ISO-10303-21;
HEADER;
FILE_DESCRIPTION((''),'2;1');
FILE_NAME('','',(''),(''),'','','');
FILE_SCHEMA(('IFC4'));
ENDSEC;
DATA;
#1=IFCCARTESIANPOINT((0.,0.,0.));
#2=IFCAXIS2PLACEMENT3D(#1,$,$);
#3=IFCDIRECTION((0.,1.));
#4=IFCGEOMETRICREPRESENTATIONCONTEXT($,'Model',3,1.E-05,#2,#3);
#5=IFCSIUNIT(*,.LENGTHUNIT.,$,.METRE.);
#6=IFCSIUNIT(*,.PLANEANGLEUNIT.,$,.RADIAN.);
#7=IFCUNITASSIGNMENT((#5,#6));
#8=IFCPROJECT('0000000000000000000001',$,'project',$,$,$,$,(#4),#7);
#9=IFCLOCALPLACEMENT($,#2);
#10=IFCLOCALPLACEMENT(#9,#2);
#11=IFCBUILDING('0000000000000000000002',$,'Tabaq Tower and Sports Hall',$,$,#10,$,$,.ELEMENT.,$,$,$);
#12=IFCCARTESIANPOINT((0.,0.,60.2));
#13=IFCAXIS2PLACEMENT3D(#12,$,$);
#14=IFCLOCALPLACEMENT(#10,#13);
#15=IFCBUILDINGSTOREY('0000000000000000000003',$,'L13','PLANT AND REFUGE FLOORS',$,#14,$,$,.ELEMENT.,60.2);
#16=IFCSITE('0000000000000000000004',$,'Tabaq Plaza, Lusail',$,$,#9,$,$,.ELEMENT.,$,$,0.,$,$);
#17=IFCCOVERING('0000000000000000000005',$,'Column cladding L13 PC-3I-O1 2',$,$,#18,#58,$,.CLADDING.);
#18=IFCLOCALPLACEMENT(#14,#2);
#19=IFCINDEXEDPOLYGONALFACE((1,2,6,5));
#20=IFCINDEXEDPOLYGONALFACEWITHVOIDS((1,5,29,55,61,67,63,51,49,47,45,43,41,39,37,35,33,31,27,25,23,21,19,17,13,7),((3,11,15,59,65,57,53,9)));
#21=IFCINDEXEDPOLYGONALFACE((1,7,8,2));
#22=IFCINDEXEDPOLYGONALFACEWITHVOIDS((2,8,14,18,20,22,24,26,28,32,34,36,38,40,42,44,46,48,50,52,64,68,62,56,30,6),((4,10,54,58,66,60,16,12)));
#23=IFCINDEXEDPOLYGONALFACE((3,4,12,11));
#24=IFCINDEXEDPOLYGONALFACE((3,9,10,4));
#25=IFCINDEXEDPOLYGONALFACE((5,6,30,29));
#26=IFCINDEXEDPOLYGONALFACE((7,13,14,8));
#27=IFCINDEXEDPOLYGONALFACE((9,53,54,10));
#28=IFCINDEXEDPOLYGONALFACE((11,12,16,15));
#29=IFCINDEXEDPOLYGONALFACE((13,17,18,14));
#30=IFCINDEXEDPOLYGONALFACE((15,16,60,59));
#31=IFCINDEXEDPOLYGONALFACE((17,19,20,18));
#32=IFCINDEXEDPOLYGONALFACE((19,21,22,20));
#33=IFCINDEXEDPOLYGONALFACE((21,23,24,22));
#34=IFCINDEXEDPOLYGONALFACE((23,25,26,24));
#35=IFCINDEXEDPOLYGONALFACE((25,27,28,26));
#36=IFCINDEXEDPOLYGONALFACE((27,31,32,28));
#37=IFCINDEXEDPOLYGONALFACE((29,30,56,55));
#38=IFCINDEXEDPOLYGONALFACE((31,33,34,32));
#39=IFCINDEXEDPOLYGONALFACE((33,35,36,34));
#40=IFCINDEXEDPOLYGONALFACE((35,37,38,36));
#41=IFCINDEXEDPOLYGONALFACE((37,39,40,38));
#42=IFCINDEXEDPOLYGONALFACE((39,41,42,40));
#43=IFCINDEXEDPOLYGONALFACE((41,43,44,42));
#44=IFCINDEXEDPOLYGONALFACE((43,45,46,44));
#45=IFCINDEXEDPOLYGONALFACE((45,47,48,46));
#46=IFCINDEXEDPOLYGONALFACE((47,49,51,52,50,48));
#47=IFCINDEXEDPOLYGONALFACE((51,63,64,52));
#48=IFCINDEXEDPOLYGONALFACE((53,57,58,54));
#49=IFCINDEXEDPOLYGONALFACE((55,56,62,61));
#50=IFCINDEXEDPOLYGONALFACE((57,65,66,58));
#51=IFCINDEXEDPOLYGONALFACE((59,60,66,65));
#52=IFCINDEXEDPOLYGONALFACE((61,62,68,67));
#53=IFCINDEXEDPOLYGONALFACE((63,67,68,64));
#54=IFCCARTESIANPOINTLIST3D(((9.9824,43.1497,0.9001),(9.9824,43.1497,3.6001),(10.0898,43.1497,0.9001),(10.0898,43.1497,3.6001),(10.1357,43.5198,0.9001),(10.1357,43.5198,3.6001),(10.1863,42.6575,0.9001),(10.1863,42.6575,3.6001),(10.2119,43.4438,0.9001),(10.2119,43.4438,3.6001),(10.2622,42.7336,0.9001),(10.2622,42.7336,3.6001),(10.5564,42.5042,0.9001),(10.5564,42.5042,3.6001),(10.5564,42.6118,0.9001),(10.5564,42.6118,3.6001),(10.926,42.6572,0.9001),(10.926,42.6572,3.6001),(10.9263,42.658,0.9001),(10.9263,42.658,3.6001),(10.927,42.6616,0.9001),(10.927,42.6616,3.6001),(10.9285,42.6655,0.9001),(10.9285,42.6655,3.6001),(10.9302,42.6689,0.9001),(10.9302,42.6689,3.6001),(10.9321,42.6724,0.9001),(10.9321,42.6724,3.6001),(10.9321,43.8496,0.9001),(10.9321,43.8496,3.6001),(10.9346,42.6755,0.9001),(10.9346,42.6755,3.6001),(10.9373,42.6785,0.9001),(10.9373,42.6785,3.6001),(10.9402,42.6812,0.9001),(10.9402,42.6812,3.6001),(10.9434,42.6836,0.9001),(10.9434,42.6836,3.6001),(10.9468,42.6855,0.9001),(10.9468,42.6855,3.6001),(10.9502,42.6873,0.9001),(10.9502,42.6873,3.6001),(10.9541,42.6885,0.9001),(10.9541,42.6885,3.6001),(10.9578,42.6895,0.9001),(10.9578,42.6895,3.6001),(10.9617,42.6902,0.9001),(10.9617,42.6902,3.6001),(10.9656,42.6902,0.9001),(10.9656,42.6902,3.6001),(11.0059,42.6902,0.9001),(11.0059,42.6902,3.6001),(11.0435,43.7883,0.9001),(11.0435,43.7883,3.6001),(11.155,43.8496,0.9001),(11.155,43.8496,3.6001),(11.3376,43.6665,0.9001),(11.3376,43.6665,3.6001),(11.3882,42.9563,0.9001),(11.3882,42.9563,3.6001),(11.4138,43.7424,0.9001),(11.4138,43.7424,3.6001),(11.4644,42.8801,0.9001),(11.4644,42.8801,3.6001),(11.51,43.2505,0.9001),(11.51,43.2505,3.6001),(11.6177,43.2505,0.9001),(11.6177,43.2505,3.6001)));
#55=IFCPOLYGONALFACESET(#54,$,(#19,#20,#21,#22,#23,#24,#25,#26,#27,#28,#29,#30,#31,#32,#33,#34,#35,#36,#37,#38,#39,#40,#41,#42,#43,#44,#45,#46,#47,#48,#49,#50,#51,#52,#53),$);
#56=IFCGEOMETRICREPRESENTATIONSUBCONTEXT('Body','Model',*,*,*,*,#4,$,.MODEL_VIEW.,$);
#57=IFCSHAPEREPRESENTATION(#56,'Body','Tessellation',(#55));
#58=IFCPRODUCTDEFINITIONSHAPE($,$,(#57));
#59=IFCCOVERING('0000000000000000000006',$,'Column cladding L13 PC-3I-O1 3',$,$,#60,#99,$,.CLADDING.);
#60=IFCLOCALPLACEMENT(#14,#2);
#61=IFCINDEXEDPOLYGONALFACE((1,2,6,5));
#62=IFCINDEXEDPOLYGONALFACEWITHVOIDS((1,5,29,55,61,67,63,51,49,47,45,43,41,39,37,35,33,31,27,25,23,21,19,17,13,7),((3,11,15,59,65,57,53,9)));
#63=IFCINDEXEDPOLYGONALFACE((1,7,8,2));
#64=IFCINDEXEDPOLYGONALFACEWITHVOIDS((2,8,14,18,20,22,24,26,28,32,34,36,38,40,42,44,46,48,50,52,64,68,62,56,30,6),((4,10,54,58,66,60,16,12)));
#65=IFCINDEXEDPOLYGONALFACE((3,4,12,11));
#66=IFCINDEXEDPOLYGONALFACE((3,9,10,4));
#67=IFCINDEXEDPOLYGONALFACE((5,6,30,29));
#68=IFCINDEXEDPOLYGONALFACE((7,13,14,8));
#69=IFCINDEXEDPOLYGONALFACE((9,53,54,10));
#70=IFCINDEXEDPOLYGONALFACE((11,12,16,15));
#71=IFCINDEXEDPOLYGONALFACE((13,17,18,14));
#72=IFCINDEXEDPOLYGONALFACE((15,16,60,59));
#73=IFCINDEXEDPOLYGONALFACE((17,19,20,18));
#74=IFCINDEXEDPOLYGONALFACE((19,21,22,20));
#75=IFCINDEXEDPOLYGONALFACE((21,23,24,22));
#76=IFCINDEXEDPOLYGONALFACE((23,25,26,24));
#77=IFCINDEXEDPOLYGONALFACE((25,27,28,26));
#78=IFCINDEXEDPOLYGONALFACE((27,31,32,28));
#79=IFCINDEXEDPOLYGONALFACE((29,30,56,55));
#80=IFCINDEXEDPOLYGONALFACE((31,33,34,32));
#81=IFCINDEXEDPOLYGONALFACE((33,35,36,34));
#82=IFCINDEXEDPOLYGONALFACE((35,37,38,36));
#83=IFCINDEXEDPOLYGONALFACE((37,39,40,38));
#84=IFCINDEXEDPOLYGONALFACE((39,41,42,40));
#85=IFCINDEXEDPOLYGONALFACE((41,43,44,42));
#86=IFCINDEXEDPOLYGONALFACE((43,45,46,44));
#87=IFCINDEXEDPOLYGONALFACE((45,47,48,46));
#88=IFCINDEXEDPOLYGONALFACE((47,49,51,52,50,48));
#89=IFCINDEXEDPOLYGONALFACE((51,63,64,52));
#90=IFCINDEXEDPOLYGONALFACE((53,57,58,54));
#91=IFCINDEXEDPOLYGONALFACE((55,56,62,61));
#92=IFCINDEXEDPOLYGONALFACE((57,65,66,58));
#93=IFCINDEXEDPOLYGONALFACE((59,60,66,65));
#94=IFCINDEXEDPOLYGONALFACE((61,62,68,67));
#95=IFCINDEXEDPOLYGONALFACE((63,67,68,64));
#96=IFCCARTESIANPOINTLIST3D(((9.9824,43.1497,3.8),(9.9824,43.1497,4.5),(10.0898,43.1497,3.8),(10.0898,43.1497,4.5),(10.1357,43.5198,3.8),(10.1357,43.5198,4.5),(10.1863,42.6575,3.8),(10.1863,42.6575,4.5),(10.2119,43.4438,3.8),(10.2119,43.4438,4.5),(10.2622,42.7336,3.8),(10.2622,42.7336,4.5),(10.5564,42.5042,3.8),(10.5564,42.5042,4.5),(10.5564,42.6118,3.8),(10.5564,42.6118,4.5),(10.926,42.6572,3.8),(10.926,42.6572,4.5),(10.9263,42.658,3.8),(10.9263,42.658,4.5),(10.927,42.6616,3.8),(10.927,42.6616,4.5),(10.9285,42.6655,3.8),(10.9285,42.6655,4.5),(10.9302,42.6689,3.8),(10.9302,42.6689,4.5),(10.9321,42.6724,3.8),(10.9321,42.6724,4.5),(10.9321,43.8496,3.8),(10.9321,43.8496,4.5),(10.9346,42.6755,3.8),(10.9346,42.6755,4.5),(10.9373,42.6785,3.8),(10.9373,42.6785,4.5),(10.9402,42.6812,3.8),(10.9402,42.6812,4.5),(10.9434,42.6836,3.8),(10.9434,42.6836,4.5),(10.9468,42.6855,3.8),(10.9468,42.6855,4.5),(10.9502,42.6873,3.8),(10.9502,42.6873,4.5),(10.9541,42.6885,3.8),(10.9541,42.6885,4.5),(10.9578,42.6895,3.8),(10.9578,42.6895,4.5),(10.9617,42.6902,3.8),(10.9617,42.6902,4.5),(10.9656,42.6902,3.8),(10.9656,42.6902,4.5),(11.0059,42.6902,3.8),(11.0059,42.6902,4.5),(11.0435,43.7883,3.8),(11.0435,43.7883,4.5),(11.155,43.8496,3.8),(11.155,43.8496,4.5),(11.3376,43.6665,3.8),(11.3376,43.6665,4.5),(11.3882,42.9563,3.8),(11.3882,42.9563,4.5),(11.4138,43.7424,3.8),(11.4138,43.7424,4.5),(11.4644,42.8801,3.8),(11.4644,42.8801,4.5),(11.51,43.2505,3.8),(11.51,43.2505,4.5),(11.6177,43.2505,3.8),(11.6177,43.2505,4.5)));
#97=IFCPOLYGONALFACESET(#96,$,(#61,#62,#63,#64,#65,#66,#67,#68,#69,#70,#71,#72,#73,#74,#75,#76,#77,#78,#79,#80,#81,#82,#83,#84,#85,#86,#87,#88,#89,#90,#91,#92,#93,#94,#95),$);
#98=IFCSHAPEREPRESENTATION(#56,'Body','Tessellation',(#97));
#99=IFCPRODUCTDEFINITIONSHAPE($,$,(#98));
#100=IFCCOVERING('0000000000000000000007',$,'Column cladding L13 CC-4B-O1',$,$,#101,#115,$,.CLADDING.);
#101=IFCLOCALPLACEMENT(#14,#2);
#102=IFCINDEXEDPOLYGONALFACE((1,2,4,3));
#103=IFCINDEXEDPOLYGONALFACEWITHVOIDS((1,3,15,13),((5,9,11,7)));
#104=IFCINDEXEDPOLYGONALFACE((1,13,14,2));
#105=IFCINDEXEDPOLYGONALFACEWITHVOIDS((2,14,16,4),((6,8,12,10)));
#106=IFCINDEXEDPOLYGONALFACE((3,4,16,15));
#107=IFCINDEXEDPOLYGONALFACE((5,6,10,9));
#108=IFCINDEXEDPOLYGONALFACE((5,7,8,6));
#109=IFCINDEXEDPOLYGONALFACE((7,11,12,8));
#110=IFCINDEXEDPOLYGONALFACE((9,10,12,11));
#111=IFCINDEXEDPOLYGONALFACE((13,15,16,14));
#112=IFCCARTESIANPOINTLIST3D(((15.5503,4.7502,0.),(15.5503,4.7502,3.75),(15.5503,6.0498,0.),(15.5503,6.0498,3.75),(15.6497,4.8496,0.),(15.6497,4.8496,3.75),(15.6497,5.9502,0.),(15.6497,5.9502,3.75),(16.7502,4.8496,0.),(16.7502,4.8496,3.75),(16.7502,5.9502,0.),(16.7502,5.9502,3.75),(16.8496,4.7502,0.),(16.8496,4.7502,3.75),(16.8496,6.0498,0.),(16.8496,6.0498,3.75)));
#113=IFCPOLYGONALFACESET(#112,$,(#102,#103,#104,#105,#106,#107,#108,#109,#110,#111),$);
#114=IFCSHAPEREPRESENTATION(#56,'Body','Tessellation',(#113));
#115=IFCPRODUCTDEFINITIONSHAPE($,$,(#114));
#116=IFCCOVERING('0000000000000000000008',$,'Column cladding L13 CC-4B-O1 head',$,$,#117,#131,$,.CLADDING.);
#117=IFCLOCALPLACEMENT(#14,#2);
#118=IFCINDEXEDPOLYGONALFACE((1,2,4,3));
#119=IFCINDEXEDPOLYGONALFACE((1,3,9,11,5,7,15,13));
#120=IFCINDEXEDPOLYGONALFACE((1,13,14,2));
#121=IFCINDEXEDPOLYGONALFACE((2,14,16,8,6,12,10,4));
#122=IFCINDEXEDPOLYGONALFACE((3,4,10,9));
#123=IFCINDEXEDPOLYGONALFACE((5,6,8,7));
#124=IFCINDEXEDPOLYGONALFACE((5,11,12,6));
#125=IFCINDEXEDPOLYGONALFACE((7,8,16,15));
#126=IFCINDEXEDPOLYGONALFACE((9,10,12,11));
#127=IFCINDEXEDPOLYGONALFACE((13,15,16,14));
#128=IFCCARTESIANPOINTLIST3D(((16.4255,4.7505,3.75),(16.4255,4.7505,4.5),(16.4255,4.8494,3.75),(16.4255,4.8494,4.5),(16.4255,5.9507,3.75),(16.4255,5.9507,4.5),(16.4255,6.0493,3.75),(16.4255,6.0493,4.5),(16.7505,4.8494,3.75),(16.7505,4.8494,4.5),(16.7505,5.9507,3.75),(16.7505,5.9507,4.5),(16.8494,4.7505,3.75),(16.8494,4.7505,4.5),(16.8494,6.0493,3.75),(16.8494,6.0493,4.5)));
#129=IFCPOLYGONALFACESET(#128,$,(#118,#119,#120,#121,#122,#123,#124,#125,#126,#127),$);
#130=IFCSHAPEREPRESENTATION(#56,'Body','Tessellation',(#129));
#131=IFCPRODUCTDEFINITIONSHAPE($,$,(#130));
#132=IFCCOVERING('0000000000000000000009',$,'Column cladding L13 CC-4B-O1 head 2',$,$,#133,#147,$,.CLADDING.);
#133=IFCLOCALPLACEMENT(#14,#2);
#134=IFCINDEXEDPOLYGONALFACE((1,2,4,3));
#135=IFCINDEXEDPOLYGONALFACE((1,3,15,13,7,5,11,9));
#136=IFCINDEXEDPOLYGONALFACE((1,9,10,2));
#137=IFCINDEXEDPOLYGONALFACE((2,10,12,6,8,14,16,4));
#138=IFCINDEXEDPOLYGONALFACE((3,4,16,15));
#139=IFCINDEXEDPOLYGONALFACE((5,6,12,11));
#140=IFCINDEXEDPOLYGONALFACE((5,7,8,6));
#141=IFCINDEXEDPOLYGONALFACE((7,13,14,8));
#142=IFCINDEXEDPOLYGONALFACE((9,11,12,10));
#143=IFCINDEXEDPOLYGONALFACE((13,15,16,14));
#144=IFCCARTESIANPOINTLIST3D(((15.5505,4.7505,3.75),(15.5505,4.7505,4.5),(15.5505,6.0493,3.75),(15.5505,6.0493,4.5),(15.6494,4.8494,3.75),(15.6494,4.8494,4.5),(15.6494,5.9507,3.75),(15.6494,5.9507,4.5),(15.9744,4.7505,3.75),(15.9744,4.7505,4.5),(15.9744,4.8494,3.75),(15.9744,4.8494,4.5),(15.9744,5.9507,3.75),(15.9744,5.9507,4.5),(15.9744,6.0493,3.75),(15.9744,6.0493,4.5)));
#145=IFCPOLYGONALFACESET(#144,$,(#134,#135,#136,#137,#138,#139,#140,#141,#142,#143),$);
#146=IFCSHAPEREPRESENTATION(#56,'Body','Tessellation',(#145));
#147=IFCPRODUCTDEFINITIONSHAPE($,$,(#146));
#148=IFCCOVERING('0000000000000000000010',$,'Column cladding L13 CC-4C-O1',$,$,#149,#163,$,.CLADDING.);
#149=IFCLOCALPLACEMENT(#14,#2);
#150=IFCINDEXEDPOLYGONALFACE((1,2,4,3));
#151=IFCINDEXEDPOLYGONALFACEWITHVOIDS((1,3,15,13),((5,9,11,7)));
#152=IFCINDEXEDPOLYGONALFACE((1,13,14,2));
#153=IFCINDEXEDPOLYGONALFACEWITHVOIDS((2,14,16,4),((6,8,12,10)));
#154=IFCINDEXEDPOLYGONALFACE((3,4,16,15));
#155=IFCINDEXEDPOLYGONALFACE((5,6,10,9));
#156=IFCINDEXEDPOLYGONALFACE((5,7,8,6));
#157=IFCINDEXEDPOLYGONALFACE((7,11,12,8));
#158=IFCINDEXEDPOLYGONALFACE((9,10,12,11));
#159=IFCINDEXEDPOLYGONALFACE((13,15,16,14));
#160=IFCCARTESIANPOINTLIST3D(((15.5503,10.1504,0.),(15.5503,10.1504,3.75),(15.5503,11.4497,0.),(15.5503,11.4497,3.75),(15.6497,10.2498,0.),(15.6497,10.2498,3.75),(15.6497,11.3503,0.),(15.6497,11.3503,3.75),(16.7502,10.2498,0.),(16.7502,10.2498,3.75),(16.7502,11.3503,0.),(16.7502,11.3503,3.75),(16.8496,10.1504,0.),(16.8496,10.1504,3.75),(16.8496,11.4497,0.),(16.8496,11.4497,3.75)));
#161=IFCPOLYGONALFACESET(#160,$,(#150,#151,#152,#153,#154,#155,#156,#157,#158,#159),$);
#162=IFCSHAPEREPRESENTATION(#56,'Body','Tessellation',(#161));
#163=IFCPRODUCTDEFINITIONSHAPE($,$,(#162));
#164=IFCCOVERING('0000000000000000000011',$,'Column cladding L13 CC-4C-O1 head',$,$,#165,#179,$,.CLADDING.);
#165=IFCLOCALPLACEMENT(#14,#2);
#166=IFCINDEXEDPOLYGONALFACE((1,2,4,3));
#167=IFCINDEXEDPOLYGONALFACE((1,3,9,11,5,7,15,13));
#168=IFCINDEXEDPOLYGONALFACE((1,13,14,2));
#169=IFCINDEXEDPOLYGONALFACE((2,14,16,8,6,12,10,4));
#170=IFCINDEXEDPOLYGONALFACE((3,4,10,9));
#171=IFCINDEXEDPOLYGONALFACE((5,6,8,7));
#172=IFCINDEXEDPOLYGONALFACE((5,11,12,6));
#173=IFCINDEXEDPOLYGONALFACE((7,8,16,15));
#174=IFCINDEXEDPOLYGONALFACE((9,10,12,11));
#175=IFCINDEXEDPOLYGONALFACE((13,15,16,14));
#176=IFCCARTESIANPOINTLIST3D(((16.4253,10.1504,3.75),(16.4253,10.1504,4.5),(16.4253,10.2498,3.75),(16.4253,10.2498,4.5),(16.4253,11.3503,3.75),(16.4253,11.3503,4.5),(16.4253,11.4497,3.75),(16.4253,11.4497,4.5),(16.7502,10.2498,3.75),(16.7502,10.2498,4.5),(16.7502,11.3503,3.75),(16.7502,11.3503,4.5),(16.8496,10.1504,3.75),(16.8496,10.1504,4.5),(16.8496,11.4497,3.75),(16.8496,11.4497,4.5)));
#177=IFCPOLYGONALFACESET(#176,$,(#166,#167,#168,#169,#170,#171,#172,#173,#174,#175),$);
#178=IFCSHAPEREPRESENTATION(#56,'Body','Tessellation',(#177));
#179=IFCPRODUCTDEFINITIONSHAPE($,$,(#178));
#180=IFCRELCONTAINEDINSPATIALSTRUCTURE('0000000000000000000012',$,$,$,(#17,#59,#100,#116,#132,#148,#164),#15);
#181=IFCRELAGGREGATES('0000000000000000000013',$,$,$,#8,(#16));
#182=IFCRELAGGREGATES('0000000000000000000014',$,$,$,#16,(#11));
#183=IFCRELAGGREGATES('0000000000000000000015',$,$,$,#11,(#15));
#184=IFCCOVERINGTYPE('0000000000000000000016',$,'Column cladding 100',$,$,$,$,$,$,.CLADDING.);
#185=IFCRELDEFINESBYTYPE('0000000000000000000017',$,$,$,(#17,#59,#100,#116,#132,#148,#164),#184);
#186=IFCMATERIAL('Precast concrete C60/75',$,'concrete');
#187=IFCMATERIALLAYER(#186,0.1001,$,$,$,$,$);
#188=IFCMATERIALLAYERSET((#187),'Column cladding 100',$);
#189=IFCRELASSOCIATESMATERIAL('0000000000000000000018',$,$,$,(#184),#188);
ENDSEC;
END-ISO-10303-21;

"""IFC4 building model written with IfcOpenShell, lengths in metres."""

from ifc_helpers import new_model, si_unit, direction, frame, origin, place, context, subcontext, project, spatial, polyline, outline, extrude, material, layer, layer_set, type_object, element, save


model = new_model("IFC4")

# Units and contexts
model_context = context("Model", 3, precision=1e-05, world=origin(), true_north=direction((0.0, 1.0)))
body_context = subcontext(model_context, "Body", "Model", "MODEL_VIEW")
ifc_project = project(units=[si_unit("LENGTHUNIT", "METRE"), si_unit("PLANEANGLEUNIT", "RADIAN")], contexts=[model_context])

# Site, building, storey
site_placement = place(None, origin())
site = spatial("IfcSite", under=ifc_project, at=site_placement, Name="Tabaq Plaza, Lusail", CompositionType="ELEMENT", RefElevation=0.0)
building_placement = place(site_placement, origin())
building = spatial("IfcBuilding", under=site, at=building_placement, Name="Tabaq Tower and Sports Hall", CompositionType="ELEMENT")
storey_placement = place(building_placement, frame((0.0, 0.0, 60.2)))
storey = spatial("IfcBuildingStorey", under=building, at=storey_placement, Name="L13", Description="PLANT AND REFUGE FLOORS", CompositionType="ELEMENT", Elevation=60.2)

# Coverings
ifc_material_1 = material(Name="Precast concrete C60/75", Category="concrete")
ifc_layer_1 = layer(ifc_material_1, 0.1001)
ifc_layer_set_1 = layer_set([ifc_layer_1], Name="Column cladding 100")
covering_type = type_object("IfcCoveringType", Name="Column cladding 100", PredefinedType="CLADDING", material=ifc_layer_set_1)
covering_1_placement = place(storey_placement, frame((0.0, 0.0, 0.9001)))
element("IfcCovering", 1, at=covering_1_placement, inside=storey, type_object=covering_type, Name="Column cladding L13 PC-3I-O1 2", PredefinedType="CLADDING", context=body_context, shape_type="SweptSolid", body=[
    extrude(outline(polyline([(9.9824, 43.1497), (10.1357, 43.5198), (10.9321, 43.8496), (11.155, 43.8496), (11.4138, 43.7424), (11.6177, 43.2505), (11.4644, 42.8801), (11.0059, 42.6902), (10.9656, 42.6902), (10.9617, 42.6902), (10.9578, 42.6895), (10.9541, 42.6885), (10.9502, 42.6873), (10.9468, 42.6855), (10.9434, 42.6836), (10.9402, 42.6812), (10.9373, 42.6785), (10.9346, 42.6755), (10.9321, 42.6724), (10.9302, 42.6689), (10.9285, 42.6655), (10.927, 42.6616), (10.9263, 42.658), (10.926, 42.6572), (10.5564, 42.5042), (10.1863, 42.6575), (9.9824, 43.1497)]), holes=[polyline([(11.51, 43.2505), (11.3376, 43.6665), (11.0435, 43.7883), (10.2119, 43.4438), (10.0898, 43.1497), (10.2622, 42.7336), (10.5564, 42.6118), (11.3882, 42.9563), (11.51, 43.2505)])]), origin(), (0.0, 0.0, 1.0), 2.7),
])
covering_2_placement = place(storey_placement, frame((0.0, 0.0, 3.8)))
element("IfcCovering", 2, at=covering_2_placement, inside=storey, type_object=covering_type, Name="Column cladding L13 PC-3I-O1 3", PredefinedType="CLADDING", context=body_context, shape_type="SweptSolid", body=[
    extrude(outline(polyline([(9.9824, 43.1497), (10.1357, 43.5198), (10.9321, 43.8496), (11.155, 43.8496), (11.4138, 43.7424), (11.6177, 43.2505), (11.4644, 42.8801), (11.0059, 42.6902), (10.9656, 42.6902), (10.9617, 42.6902), (10.9578, 42.6895), (10.9541, 42.6885), (10.9502, 42.6873), (10.9468, 42.6855), (10.9434, 42.6836), (10.9402, 42.6812), (10.9373, 42.6785), (10.9346, 42.6755), (10.9321, 42.6724), (10.9302, 42.6689), (10.9285, 42.6655), (10.927, 42.6616), (10.9263, 42.658), (10.926, 42.6572), (10.5564, 42.5042), (10.1863, 42.6575), (9.9824, 43.1497)]), holes=[polyline([(11.51, 43.2505), (11.3376, 43.6665), (11.0435, 43.7883), (10.2119, 43.4438), (10.0898, 43.1497), (10.2622, 42.7336), (10.5564, 42.6118), (11.3882, 42.9563), (11.51, 43.2505)])]), origin(), (0.0, 0.0, 1.0), 0.7),
])
covering_3_placement = place(storey_placement, origin())
element("IfcCovering", 3, at=covering_3_placement, inside=storey, type_object=covering_type, Name="Column cladding L13 CC-4B-O1", PredefinedType="CLADDING", context=body_context, shape_type="SweptSolid", body=[
    extrude(outline(polyline([(15.5503, 6.0498), (16.8496, 6.0498), (16.8496, 4.7502), (15.5503, 4.7502), (15.5503, 6.0498)]), holes=[polyline([(16.7502, 4.8496), (16.7502, 5.9502), (15.6497, 5.9502), (15.6497, 4.8496), (16.7502, 4.8496)])]), origin(), (0.0, 0.0, 1.0), 3.75),
])
covering_4_placement = place(storey_placement, frame((0.0, 0.0, 3.75)))
element("IfcCovering", 4, at=covering_4_placement, inside=storey, type_object=covering_type, Name="Column cladding L13 CC-4B-O1 head", PredefinedType="CLADDING", context=body_context, shape_type="SweptSolid", body=[
    extrude(outline(polyline([(16.4255, 4.8494), (16.7505, 4.8494), (16.7505, 5.9507), (16.4255, 5.9507), (16.4255, 6.0493), (16.8494, 6.0493), (16.8494, 4.7505), (16.4255, 4.7505), (16.4255, 4.8494)])), origin(), (0.0, 0.0, 1.0), 0.75),
])
covering_5_placement = place(storey_placement, frame((0.0, 0.0, 3.75)))
element("IfcCovering", 5, at=covering_5_placement, inside=storey, type_object=covering_type, Name="Column cladding L13 CC-4B-O1 head 2", PredefinedType="CLADDING", context=body_context, shape_type="SweptSolid", body=[
    extrude(outline(polyline([(15.9744, 4.8494), (15.9744, 4.7505), (15.5505, 4.7505), (15.5505, 6.0493), (15.9744, 6.0493), (15.9744, 5.9507), (15.6494, 5.9507), (15.6494, 4.8494), (15.9744, 4.8494)])), origin(), (0.0, 0.0, 1.0), 0.75),
])
covering_6_placement = place(storey_placement, origin())
element("IfcCovering", 6, at=covering_6_placement, inside=storey, type_object=covering_type, Name="Column cladding L13 CC-4C-O1", PredefinedType="CLADDING", context=body_context, shape_type="SweptSolid", body=[
    extrude(outline(polyline([(15.5503, 11.4497), (16.8496, 11.4497), (16.8496, 10.1504), (15.5503, 10.1504), (15.5503, 11.4497)]), holes=[polyline([(16.7502, 10.2498), (16.7502, 11.3503), (15.6497, 11.3503), (15.6497, 10.2498), (16.7502, 10.2498)])]), origin(), (0.0, 0.0, 1.0), 3.75),
])
covering_7_placement = place(storey_placement, frame((0.0, 0.0, 3.75)))
element("IfcCovering", 7, at=covering_7_placement, inside=storey, type_object=covering_type, Name="Column cladding L13 CC-4C-O1 head", PredefinedType="CLADDING", context=body_context, shape_type="SweptSolid", body=[
    extrude(outline(polyline([(16.8496, 11.4497), (16.8496, 10.1504), (16.4253, 10.1504), (16.4253, 10.2498), (16.7502, 10.2498), (16.7502, 11.3503), (16.4253, 11.3503), (16.4253, 11.4497), (16.8496, 11.4497)])), origin(), (0.0, 0.0, 1.0), 0.75),
])

save(model, "model.ifc")
